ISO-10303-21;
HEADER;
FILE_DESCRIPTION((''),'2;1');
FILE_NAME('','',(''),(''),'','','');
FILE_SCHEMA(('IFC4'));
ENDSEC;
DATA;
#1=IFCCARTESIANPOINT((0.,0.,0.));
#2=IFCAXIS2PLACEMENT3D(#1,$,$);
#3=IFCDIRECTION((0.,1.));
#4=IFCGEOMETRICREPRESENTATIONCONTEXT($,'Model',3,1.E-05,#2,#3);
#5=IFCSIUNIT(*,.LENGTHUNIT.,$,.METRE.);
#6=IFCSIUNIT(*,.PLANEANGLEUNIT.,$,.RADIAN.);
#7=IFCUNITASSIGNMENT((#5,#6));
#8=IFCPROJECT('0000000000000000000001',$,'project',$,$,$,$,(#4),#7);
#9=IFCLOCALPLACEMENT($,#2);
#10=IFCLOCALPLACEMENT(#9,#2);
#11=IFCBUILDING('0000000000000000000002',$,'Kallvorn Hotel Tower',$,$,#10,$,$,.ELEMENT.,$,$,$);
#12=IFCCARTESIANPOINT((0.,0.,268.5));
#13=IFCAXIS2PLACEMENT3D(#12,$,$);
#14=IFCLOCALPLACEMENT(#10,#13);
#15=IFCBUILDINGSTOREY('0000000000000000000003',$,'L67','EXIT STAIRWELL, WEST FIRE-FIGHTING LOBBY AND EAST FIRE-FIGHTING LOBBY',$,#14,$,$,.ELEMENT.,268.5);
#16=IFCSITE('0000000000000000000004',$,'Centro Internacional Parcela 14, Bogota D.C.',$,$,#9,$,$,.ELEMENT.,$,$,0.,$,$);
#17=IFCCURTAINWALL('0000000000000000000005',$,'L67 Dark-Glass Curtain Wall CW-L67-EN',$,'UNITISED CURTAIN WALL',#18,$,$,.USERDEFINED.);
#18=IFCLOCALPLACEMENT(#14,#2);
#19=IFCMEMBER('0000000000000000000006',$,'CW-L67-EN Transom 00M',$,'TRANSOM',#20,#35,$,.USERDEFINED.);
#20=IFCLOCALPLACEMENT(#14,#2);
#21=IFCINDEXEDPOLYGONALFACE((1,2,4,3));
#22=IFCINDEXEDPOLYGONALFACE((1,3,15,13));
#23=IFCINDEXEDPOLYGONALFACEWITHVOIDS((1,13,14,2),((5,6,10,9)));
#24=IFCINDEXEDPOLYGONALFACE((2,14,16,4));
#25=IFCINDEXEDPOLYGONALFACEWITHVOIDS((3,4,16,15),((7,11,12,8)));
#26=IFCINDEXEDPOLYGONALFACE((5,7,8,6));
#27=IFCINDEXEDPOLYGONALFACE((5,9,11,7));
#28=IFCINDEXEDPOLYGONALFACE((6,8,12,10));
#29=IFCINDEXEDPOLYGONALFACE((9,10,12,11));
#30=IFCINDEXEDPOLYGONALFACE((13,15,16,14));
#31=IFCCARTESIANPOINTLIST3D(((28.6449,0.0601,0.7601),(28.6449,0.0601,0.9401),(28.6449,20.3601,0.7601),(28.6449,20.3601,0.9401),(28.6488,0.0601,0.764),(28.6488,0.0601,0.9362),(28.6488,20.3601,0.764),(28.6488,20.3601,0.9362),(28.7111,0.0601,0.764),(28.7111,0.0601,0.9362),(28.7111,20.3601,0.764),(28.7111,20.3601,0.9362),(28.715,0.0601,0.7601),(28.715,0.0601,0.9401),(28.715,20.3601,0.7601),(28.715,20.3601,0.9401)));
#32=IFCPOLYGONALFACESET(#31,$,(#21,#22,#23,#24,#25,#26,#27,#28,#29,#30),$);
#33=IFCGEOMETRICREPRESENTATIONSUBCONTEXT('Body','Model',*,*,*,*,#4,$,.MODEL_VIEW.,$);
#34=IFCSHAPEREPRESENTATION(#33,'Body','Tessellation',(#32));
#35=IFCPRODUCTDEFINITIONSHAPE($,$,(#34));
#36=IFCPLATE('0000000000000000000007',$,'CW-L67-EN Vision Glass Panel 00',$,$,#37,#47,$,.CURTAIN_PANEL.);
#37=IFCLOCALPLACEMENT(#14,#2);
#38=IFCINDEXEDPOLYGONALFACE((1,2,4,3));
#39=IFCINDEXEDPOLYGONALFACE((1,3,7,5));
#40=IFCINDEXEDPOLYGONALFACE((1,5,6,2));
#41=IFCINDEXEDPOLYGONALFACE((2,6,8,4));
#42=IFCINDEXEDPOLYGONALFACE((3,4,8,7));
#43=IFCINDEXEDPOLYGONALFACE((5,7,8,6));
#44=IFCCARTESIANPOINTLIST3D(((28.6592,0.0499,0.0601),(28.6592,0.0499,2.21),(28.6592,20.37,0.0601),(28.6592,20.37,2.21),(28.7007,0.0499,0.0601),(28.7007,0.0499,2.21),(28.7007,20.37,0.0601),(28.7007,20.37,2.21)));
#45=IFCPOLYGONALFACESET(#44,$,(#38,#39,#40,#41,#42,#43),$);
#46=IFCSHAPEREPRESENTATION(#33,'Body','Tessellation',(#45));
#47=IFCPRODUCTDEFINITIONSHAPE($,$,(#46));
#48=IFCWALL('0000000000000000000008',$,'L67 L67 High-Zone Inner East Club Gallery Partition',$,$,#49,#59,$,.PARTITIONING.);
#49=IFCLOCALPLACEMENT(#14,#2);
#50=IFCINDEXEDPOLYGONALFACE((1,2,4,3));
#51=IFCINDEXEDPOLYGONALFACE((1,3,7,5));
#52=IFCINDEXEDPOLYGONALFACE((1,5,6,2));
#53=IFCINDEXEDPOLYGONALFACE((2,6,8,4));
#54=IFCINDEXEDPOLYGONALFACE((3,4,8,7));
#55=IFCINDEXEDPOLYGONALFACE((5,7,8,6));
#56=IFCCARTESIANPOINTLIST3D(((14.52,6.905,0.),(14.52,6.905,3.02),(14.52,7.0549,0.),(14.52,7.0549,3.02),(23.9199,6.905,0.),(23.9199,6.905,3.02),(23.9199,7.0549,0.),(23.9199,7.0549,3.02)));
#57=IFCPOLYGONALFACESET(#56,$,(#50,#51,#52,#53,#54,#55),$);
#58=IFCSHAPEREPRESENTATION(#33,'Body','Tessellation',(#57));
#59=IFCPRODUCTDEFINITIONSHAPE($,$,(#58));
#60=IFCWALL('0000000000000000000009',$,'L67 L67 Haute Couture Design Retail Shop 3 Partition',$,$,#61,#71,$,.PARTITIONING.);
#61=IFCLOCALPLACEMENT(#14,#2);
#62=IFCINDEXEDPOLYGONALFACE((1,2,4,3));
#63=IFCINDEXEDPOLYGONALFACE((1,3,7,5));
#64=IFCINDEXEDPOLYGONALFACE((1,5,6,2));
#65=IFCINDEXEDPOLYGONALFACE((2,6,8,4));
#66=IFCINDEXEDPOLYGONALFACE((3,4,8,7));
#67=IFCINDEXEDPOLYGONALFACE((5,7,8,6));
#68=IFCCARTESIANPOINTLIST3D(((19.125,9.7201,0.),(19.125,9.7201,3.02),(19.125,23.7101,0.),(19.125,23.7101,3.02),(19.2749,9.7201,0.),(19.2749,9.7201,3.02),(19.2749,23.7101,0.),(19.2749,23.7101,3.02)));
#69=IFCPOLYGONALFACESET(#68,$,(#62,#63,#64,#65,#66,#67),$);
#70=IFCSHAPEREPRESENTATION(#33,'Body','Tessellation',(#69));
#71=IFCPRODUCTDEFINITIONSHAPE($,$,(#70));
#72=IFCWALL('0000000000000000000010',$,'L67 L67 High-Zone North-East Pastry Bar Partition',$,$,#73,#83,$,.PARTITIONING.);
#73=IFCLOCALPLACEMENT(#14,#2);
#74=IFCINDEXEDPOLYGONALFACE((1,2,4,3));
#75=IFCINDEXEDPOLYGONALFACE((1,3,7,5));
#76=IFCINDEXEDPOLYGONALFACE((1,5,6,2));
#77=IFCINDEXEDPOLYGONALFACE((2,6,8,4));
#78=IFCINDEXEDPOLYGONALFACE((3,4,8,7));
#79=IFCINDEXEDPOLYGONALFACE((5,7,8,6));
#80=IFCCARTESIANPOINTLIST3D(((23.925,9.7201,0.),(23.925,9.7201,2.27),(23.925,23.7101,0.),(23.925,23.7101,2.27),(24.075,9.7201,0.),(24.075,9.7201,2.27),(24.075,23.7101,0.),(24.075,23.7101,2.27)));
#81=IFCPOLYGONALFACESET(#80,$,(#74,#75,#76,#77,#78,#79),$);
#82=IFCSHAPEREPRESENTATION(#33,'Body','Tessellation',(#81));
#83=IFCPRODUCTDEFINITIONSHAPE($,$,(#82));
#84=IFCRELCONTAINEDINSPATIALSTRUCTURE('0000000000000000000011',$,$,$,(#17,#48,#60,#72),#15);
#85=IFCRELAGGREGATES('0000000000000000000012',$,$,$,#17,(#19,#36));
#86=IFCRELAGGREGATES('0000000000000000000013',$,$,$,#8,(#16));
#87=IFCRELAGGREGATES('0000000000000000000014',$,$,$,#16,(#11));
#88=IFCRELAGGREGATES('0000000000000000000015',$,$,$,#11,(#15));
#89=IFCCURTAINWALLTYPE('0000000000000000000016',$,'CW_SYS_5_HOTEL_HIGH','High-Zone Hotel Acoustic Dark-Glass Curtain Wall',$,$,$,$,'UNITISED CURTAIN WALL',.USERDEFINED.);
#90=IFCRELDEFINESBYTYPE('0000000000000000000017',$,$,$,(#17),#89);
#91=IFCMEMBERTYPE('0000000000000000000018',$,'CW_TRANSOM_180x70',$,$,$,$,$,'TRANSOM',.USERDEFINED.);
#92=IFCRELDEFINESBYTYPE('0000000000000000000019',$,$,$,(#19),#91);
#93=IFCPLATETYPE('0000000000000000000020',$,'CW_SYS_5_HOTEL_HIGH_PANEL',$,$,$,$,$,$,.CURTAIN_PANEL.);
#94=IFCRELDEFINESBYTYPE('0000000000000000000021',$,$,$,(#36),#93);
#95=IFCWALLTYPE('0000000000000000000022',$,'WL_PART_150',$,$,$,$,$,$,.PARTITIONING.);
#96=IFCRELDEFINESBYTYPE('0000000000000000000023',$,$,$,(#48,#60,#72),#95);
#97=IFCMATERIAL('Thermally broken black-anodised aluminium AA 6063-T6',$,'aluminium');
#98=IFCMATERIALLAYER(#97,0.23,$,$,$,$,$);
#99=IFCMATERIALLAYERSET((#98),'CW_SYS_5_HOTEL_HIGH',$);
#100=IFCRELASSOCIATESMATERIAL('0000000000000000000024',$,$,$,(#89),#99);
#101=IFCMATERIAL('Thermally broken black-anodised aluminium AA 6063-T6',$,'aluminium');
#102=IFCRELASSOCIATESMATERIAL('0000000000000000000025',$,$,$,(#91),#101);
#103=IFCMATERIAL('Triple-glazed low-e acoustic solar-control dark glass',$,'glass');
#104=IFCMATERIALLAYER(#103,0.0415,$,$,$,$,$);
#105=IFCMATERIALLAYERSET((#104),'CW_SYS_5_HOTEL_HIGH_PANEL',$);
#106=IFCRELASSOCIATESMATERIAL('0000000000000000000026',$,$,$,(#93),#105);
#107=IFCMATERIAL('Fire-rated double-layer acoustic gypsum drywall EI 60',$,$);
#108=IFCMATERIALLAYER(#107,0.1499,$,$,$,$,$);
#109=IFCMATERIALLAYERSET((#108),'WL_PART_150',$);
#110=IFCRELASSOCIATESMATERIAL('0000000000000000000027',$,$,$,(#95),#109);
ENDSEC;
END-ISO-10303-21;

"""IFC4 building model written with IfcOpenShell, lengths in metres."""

from ifc_helpers import new_model, si_unit, direction, frame, frame_2d, origin, origin_2d, place, context, subcontext, project, spatial, rectangle, hollow_rectangle, extrude, material, layer, layer_set, material_profile, profile_set, type_object, element, aggregate, save


model = new_model("IFC4")

# Units and contexts
model_context = context("Model", 3, precision=1e-05, world=origin(), true_north=direction((0.0, 1.0)))
body_context = subcontext(model_context, "Body", "Model", "MODEL_VIEW")
ifc_project = project(units=[si_unit("LENGTHUNIT", "METRE"), si_unit("PLANEANGLEUNIT", "RADIAN")], contexts=[model_context])

# Site, building, storey
site_placement = place(None, origin())
site = spatial("IfcSite", under=ifc_project, at=site_placement, Name="Centro Internacional Parcela 14, Bogota D.C.", CompositionType="ELEMENT", RefElevation=0.0)
building_placement = place(site_placement, origin())
building = spatial("IfcBuilding", under=site, at=building_placement, Name="Kallvorn Hotel Tower", CompositionType="ELEMENT")
storey_placement = place(building_placement, frame((0.0, 0.0, 268.5)))
storey = spatial("IfcBuildingStorey", under=building, at=storey_placement, Name="L67", Description="EXIT STAIRWELL, WEST FIRE-FIGHTING LOBBY AND EAST FIRE-FIGHTING LOBBY", CompositionType="ELEMENT", Elevation=268.5)

# Curtain wall, member, plate
ifc_material_1 = material(Name="Thermally broken black-anodised aluminium AA 6063-T6", Category="aluminium")
ifc_layer_1 = layer(ifc_material_1, 0.23)
ifc_layer_set_1 = layer_set([ifc_layer_1], Name="CW_SYS_5_HOTEL_HIGH")
curtain_wall_type = type_object("IfcCurtainWallType", Name="CW_SYS_5_HOTEL_HIGH", Description="High-Zone Hotel Acoustic Dark-Glass Curtain Wall", ElementType="UNITISED CURTAIN WALL", PredefinedType="USERDEFINED", material=ifc_layer_set_1)
curtain_wall_placement = place(storey_placement, origin())
curtain_wall = element("IfcCurtainWall", 1, at=curtain_wall_placement, inside=storey, type_object=curtain_wall_type, Name="L67 Dark-Glass Curtain Wall CW-L67-EN", ObjectType="UNITISED CURTAIN WALL", PredefinedType="USERDEFINED")
ifc_material_2 = material(Name="Thermally broken black-anodised aluminium AA 6063-T6", Category="aluminium")
ifc_material_profile_1 = material_profile(ifc_material_2, hollow_rectangle(XDim=0.0701, YDim=0.1799, WallThickness=0.0039, at=origin_2d()), Name="TRN 180x70")
ifc_profile_set_1 = profile_set([ifc_material_profile_1], Name="Thermally broken black-anodised aluminium AA 6063-T6")
member_type_1 = type_object("IfcMemberType", Name="CW_TRANSOM_180x70", ElementType="TRANSOM", PredefinedType="USERDEFINED", material=ifc_profile_set_1)
member_1_placement = place(storey_placement, frame((28.6799, 0.0601, 0.8501), z_axis=(0.0, 1.0, 0.0), x_axis=(-1.0, 0.0, 0.0)))
member_1 = element("IfcMember", 2, at=member_1_placement, type_object=member_type_1, Name="CW-L67-EN Transom 00M", ObjectType="TRANSOM", PredefinedType="USERDEFINED", context=body_context, shape_type="SweptSolid", body=[
    extrude(hollow_rectangle(XDim=0.0701, YDim=0.1799, WallThickness=0.0039, at=origin_2d()), origin(), (0.0, 0.0, 1.0), 20.3),
])
ifc_material_3 = material(Name="Triple-glazed low-e acoustic solar-control dark glass", Category="glass")
ifc_layer_2 = layer(ifc_material_3, 0.0415)
ifc_layer_set_2 = layer_set([ifc_layer_2], Name="CW_SYS_5_HOTEL_HIGH_PANEL")
plate_type = type_object("IfcPlateType", Name="CW_SYS_5_HOTEL_HIGH_PANEL", PredefinedType="CURTAIN_PANEL", material=ifc_layer_set_2)
plate_placement = place(storey_placement, frame((28.6799, 10.21, 0.0601), z_axis=(0.0, 0.0, 1.0), x_axis=(0.0, 1.0, 0.0)))
plate = element("IfcPlate", 3, at=plate_placement, type_object=plate_type, Name="CW-L67-EN Vision Glass Panel 00", PredefinedType="CURTAIN_PANEL", context=body_context, shape_type="SweptSolid", body=[
    extrude(rectangle(XDim=20.3201, YDim=0.0415, at=origin_2d()), origin(), (0.0, 0.0, 1.0), 2.1499),
])
aggregate(curtain_wall, [member_1, plate])

# Walls
ifc_material_4 = material(Name="Fire-rated double-layer acoustic gypsum drywall EI 60")
ifc_layer_3 = layer(ifc_material_4, 0.1499)
ifc_layer_set_3 = layer_set([ifc_layer_3], Name="WL_PART_150")
wall_type = type_object("IfcWallType", Name="WL_PART_150", PredefinedType="PARTITIONING", material=ifc_layer_set_3)
wall_1_placement = place(storey_placement, frame((14.52, 6.98, 0.0), z_axis=(0.0, 0.0, 1.0), x_axis=(1.0, 0.0, 0.0)))
element("IfcWall", 4, at=wall_1_placement, inside=storey, type_object=wall_type, Name="L67 L67 High-Zone Inner East Club Gallery Partition", PredefinedType="PARTITIONING", context=body_context, shape_type="SweptSolid", body=[
    extrude(rectangle(XDim=9.3999, YDim=0.1499, at=frame_2d((4.7, 0.0))), origin(), (0.0, 0.0, 1.0), 3.02),
])
wall_2_placement = place(storey_placement, frame((19.2, 9.72, 0.0), z_axis=(0.0, 0.0, 1.0), x_axis=(0.0, 1.0, 0.0)))
element("IfcWall", 5, at=wall_2_placement, inside=storey, type_object=wall_type, Name="L67 L67 Haute Couture Design Retail Shop 3 Partition", PredefinedType="PARTITIONING", context=body_context, shape_type="SweptSolid", body=[
    extrude(rectangle(XDim=13.99, YDim=0.1499, at=frame_2d((6.9951, 0.0))), origin(), (0.0, 0.0, 1.0), 3.02),
])
wall_3_placement = place(storey_placement, frame((24.0, 9.72, 0.0), z_axis=(0.0, 0.0, 1.0), x_axis=(0.0, 1.0, 0.0)))
element("IfcWall", 6, at=wall_3_placement, inside=storey, type_object=wall_type, Name="L67 L67 High-Zone North-East Pastry Bar Partition", PredefinedType="PARTITIONING", context=body_context, shape_type="SweptSolid", body=[
    extrude(rectangle(XDim=13.99, YDim=0.1499, at=frame_2d((6.9951, 0.0))), origin(), (0.0, 0.0, 1.0), 2.27),
])

save(model, "model.ifc")
